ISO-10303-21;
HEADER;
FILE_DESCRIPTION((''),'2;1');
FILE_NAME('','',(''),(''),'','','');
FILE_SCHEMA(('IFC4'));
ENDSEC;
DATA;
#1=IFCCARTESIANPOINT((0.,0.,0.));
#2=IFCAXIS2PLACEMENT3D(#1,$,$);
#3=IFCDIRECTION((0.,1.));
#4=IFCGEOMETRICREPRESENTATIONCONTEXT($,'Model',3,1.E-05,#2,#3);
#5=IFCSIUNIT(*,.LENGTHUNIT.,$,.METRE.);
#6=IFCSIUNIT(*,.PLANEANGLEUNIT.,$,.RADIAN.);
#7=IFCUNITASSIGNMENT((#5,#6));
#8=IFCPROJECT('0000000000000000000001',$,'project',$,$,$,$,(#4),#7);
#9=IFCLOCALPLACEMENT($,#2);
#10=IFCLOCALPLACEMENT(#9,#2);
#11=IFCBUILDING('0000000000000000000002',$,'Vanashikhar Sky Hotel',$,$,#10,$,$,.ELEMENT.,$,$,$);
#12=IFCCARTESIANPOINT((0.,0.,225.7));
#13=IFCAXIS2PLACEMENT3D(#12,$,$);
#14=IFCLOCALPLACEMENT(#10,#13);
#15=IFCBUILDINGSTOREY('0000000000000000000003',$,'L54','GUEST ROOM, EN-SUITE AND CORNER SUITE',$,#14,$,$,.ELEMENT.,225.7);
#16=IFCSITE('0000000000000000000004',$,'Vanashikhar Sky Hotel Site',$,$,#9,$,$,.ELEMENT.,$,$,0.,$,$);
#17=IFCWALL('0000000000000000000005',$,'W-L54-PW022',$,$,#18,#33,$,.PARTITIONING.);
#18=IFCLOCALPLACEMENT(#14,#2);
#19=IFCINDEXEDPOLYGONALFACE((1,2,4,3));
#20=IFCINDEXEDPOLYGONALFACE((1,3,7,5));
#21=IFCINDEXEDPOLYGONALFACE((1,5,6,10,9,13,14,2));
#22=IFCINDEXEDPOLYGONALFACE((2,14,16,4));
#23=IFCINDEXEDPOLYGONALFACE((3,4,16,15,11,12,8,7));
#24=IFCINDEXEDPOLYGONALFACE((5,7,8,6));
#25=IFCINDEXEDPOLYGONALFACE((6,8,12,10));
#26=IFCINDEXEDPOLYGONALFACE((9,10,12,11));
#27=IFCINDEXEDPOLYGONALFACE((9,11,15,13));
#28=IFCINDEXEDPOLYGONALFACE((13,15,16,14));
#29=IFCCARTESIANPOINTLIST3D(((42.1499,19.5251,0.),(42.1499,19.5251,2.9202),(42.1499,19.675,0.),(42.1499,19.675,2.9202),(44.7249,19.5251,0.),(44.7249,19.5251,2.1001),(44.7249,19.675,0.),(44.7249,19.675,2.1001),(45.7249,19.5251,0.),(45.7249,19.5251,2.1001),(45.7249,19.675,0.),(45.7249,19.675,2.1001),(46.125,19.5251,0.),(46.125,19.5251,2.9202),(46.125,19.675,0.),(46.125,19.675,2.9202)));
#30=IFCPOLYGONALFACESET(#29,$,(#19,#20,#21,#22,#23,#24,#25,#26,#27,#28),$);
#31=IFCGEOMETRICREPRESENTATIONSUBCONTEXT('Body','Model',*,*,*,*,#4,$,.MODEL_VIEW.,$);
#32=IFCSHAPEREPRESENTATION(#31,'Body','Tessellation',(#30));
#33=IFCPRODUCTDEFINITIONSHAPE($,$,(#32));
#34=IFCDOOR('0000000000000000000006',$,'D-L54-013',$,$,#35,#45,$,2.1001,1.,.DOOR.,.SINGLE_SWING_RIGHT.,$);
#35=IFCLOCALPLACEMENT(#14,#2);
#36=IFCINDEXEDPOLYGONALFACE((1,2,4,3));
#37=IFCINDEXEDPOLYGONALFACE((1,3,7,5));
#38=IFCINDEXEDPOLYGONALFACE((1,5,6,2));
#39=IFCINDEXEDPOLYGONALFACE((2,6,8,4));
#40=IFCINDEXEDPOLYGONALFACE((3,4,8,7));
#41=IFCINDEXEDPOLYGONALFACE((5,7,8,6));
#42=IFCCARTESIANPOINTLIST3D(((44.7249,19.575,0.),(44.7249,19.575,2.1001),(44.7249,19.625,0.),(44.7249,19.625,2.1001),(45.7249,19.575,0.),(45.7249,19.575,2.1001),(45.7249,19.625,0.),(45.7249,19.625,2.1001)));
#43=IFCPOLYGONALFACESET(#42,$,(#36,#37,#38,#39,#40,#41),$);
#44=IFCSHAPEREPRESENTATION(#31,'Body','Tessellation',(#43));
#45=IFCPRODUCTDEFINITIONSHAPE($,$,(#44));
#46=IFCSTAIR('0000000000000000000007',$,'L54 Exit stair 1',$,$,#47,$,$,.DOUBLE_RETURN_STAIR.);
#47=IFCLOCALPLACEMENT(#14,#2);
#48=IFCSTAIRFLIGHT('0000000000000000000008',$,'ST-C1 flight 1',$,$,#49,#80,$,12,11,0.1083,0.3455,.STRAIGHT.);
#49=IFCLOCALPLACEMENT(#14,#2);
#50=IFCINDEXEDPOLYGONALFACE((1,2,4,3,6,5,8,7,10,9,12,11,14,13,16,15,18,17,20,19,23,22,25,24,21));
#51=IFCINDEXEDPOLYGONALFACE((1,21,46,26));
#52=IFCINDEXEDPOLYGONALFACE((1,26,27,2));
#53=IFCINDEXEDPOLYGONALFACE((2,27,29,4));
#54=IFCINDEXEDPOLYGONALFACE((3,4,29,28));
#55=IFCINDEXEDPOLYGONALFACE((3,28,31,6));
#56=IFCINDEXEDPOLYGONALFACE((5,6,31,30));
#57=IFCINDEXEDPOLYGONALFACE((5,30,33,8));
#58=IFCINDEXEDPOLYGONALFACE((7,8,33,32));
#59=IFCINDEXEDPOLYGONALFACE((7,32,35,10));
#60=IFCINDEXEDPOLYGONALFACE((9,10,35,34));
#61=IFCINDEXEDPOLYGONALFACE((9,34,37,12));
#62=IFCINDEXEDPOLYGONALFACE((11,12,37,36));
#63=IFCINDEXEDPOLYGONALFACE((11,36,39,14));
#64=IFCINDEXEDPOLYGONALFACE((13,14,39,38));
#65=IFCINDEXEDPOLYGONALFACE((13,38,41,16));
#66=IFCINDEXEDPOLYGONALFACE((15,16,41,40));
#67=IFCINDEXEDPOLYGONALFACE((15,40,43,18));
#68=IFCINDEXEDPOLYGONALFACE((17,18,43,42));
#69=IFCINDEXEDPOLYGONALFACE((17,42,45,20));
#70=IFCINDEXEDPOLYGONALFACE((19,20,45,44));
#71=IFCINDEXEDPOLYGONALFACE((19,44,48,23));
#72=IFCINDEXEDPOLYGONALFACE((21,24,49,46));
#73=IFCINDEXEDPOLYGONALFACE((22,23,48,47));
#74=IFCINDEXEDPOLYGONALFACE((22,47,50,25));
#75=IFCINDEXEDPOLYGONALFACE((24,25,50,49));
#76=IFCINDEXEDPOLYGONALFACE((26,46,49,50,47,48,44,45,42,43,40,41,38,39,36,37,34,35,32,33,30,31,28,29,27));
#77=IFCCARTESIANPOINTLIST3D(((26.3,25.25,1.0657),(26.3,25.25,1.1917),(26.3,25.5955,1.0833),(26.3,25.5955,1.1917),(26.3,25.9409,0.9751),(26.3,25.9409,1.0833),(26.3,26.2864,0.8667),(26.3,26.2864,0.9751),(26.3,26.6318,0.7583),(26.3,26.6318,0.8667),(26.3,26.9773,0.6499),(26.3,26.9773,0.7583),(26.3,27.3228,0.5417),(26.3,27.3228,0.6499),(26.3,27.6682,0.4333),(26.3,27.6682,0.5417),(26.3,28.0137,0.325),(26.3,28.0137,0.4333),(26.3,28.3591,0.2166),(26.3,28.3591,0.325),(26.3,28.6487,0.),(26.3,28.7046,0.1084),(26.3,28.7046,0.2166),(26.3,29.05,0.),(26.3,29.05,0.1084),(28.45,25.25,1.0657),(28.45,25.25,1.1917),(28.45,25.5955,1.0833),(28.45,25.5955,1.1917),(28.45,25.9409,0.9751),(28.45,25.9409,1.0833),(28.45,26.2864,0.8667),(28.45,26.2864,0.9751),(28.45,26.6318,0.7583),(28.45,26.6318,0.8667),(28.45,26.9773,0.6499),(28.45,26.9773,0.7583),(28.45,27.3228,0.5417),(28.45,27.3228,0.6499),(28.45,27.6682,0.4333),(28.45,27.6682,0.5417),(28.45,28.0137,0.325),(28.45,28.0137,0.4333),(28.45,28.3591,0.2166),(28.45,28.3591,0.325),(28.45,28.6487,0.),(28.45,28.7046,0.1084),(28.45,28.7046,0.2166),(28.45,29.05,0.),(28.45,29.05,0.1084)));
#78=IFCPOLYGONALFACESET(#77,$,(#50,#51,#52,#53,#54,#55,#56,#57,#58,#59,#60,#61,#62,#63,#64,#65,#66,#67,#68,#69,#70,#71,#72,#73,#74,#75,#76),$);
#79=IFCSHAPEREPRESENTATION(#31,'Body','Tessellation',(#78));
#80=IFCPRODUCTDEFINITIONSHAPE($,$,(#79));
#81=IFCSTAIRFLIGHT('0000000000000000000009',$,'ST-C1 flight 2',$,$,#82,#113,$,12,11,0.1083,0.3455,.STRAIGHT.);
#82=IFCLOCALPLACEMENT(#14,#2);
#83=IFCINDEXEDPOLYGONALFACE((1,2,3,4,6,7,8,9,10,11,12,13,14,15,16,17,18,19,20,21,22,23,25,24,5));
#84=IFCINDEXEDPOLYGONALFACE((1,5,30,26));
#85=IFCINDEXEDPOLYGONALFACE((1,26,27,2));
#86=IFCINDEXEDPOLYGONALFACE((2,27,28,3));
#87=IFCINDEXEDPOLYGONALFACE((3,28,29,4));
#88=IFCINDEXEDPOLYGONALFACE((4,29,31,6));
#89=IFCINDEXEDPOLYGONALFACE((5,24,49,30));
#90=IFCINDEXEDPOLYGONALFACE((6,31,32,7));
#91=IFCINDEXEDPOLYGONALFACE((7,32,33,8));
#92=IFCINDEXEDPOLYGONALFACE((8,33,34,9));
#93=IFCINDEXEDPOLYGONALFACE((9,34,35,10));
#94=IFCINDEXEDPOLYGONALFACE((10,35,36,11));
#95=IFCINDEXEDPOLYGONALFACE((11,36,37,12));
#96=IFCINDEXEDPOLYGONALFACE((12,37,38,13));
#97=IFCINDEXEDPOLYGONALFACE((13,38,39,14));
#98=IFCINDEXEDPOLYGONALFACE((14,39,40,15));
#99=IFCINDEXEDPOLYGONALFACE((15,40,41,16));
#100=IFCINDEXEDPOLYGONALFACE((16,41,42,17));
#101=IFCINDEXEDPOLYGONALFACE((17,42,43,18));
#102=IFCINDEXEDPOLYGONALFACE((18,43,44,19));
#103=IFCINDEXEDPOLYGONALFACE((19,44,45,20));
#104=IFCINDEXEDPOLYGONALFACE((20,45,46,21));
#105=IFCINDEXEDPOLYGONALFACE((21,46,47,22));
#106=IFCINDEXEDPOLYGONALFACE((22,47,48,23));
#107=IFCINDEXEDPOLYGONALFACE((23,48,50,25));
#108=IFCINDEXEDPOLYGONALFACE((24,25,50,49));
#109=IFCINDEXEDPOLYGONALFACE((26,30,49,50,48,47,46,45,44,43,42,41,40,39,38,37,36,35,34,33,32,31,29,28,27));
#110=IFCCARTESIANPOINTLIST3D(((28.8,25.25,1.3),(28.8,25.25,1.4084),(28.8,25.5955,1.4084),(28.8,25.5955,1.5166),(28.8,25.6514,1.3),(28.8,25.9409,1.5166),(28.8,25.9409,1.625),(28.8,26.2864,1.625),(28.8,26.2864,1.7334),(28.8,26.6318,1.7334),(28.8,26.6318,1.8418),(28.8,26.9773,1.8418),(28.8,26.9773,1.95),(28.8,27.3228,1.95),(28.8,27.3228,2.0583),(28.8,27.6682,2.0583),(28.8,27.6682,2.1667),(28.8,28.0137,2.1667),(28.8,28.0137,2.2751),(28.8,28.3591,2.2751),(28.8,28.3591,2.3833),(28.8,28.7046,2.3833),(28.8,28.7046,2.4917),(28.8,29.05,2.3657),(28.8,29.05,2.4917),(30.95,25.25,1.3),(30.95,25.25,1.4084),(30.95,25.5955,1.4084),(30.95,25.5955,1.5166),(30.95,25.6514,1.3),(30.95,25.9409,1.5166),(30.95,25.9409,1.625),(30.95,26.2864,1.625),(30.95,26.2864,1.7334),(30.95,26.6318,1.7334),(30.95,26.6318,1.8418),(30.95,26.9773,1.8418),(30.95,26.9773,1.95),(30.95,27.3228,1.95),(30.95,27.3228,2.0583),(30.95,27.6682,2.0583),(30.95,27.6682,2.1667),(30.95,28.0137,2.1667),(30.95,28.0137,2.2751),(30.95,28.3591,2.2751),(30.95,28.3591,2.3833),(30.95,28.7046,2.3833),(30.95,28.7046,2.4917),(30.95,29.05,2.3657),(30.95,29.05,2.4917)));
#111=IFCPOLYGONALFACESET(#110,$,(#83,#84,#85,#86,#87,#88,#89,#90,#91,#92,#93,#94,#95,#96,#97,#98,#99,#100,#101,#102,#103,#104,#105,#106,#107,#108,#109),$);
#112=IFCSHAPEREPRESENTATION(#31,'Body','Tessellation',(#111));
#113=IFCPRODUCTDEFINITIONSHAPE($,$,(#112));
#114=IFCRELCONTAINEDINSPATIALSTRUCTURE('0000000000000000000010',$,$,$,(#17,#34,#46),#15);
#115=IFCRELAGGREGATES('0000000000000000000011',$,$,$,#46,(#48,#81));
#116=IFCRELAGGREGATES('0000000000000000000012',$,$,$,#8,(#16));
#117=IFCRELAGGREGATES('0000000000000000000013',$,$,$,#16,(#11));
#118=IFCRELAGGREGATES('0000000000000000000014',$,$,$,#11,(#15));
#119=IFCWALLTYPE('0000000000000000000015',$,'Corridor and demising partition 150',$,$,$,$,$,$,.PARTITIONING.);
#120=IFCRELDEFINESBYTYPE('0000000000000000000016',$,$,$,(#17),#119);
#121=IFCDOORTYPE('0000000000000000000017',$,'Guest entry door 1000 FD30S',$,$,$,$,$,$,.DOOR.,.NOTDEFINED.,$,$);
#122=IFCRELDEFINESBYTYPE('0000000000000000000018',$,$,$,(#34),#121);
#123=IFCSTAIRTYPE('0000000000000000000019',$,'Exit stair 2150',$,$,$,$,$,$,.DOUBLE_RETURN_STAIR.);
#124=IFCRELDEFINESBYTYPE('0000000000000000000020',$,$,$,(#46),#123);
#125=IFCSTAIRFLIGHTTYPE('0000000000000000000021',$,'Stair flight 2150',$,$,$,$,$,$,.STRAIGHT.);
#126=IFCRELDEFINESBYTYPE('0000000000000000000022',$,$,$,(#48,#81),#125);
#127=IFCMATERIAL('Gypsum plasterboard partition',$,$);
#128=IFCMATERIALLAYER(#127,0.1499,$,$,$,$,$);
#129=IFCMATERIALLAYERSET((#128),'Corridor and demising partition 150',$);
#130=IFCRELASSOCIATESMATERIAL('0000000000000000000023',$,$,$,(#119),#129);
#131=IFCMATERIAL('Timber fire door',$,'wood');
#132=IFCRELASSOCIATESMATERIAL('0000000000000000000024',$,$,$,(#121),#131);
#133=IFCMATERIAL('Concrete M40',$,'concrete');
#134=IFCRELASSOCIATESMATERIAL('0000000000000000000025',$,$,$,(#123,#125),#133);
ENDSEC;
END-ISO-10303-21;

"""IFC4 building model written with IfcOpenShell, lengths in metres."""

from ifc_helpers import new_model, si_unit, direction, frame, frame_2d, origin, place, context, subcontext, project, spatial, polyline, rectangle, outline, extrude, source, transform, mapped, material, layer, layer_set, type_object, element, fill, aggregate, save


model = new_model("IFC4")

# Units and contexts
model_context = context("Model", 3, precision=1e-05, world=origin(), true_north=direction((0.0, 1.0)))
body_context = subcontext(model_context, "Body", "Model", "MODEL_VIEW")
ifc_project = project(units=[si_unit("LENGTHUNIT", "METRE"), si_unit("PLANEANGLEUNIT", "RADIAN")], contexts=[model_context])

# Site, building, storey
site_placement = place(None, origin())
site = spatial("IfcSite", under=ifc_project, at=site_placement, Name="Vanashikhar Sky Hotel Site", CompositionType="ELEMENT", RefElevation=0.0)
building_placement = place(site_placement, origin())
building = spatial("IfcBuilding", under=site, at=building_placement, Name="Vanashikhar Sky Hotel", CompositionType="ELEMENT")
storey_placement = place(building_placement, frame((0.0, 0.0, 225.7)))
storey = spatial("IfcBuildingStorey", under=building, at=storey_placement, Name="L54", Description="GUEST ROOM, EN-SUITE AND CORNER SUITE", CompositionType="ELEMENT", Elevation=225.7)

# Shared definitions
ifc_material_1 = material(Name="Concrete M40", Category="concrete")

# Wall, opening, door
ifc_material_2 = material(Name="Gypsum plasterboard partition")
ifc_layer_1 = layer(ifc_material_2, 0.1499)
ifc_layer_set_1 = layer_set([ifc_layer_1], Name="Corridor and demising partition 150")
wall_type_1 = type_object("IfcWallType", Name="Corridor and demising partition 150", PredefinedType="PARTITIONING", material=ifc_layer_set_1)
shared_shape_1 = source(origin(), body_context, "Body", "SweptSolid", [
    extrude(rectangle(XDim=3.9751, YDim=0.1499, at=frame_2d((1.9875, 0.0))), origin(), (0.0, 0.0, 1.0), 2.9202),
])
shared_shape_2 = source(origin(), body_context, "Body", "SweptSolid", [
    extrude(rectangle(XDim=1.0, YDim=2.1001, at=frame_2d((0.5, 1.05))), frame((0.0, 0.085, 0.0), z_axis=(0.0, -1.0, 0.0), x_axis=(1.0, 0.0, 0.0)), (0.0, 0.0, 1.0), 0.1699),
])
ifc_material_3 = material(Name="Timber fire door", Category="wood")
door_type_1 = type_object("IfcDoorType", Name="Guest entry door 1000 FD30S", OperationType="NOTDEFINED", PredefinedType="DOOR", material=ifc_material_3)
shared_shape_3 = source(origin(), body_context, "Body", "SweptSolid", [
    extrude(rectangle(XDim=1.0, YDim=2.1001, at=frame_2d((0.5, 1.05))), frame((0.0, 0.0249, 0.0), z_axis=(0.0, -1.0, 0.0), x_axis=(1.0, 0.0, 0.0)), (0.0, 0.0, 1.0), 0.05),
])
wall_1_placement = place(storey_placement, frame((42.1499, 19.6001, 0.0), z_axis=(0.0, 0.0, 1.0), x_axis=(1.0, 0.0, 0.0)))
wall_1 = element("IfcWall", 1, at=wall_1_placement, inside=storey, type_object=wall_type_1, Name="W-L54-PW022", PredefinedType="PARTITIONING", context=body_context, shape_type="MappedRepresentation", body=[
    mapped(shared_shape_1, transform((0.0, 0.0, 0.0), scale=1.0)),
])
opening_1_placement = place(wall_1_placement, frame((2.575, 0.0, 0.0)))
opening_1 = element("IfcOpeningElement", 2, at=opening_1_placement, cuts=wall_1, PredefinedType="OPENING", context=body_context, shape_type="MappedRepresentation", body=[
    mapped(shared_shape_2, transform((0.0, 0.0, 0.0), scale=1.0)),
])
door_1_placement = place(opening_1_placement, origin())
door_1 = element("IfcDoor", 3, at=door_1_placement, inside=storey, type_object=door_type_1, Name="D-L54-013", OperationType="SINGLE_SWING_RIGHT", OverallHeight=2.1001, OverallWidth=1.0, PredefinedType="DOOR", context=body_context, shape_type="MappedRepresentation", body=[
    mapped(shared_shape_3, transform((0.0, 0.0, 0.0), scale=1.0)),
])
fill(opening_1, door_1)

# Stair, stair flights
stair_type = type_object("IfcStairType", Name="Exit stair 2150", PredefinedType="DOUBLE_RETURN_STAIR", material=ifc_material_1)
stair_placement = place(storey_placement, origin())
stair = element("IfcStair", 4, at=stair_placement, inside=storey, type_object=stair_type, Name="L54 Exit stair 1", PredefinedType="DOUBLE_RETURN_STAIR")
stair_flight_type = type_object("IfcStairFlightType", Name="Stair flight 2150", PredefinedType="STRAIGHT", material=ifc_material_1)
shared_shape_4 = source(origin(), body_context, "Body", "SweptSolid", [
    extrude(outline(polyline([(0.0, 0.0), (0.0, 0.1084), (0.3455, 0.1084), (0.3455, 0.2166), (0.6909, 0.2166), (0.6909, 0.325), (1.0364, 0.325), (1.0364, 0.4333), (1.3818, 0.4333), (1.3818, 0.5417), (1.7273, 0.5417), (1.7273, 0.6499), (2.0728, 0.6499), (2.0728, 0.7583), (2.4182, 0.7583), (2.4182, 0.8667), (2.7637, 0.8667), (2.7637, 0.9751), (3.1091, 0.9751), (3.1091, 1.0833), (3.4546, 1.0833), (3.4546, 1.1917), (3.8, 1.1917), (3.8, 1.3), (3.8, 1.0657), (0.4014, 0.0), (0.0, 0.0)])), frame((0.0, 1.075, 0.0), z_axis=(0.0, -1.0, 0.0), x_axis=(1.0, 0.0, 0.0)), (0.0, 0.0, 1.0), 2.1499),
])
stair_flight_1_placement = place(storey_placement, frame((27.375, 29.05, 0.0), z_axis=(0.0, 0.0, 1.0), x_axis=(0.0, -1.0, 0.0)))
stair_flight_1 = element("IfcStairFlight", 5, at=stair_flight_1_placement, type_object=stair_flight_type, Name="ST-C1 flight 1", NumberOfRisers=12, NumberOfTreads=11, PredefinedType="STRAIGHT", RiserHeight=0.1083, TreadLength=0.3455, context=body_context, shape_type="MappedRepresentation", body=[
    mapped(shared_shape_4, transform((0.0, 0.0, 0.0), scale=1.0)),
])
stair_flight_2_placement = place(storey_placement, frame((29.875, 25.25, 1.3), z_axis=(0.0, 0.0, 1.0), x_axis=(0.0, 1.0, 0.0)))
stair_flight_2 = element("IfcStairFlight", 6, at=stair_flight_2_placement, type_object=stair_flight_type, Name="ST-C1 flight 2", NumberOfRisers=12, NumberOfTreads=11, PredefinedType="STRAIGHT", RiserHeight=0.1083, TreadLength=0.3455, context=body_context, shape_type="MappedRepresentation", body=[
    mapped(shared_shape_4, transform((0.0, 0.0, 0.0), scale=1.0)),
])
aggregate(stair, [stair_flight_1, stair_flight_2])

save(model, "model.ifc")
